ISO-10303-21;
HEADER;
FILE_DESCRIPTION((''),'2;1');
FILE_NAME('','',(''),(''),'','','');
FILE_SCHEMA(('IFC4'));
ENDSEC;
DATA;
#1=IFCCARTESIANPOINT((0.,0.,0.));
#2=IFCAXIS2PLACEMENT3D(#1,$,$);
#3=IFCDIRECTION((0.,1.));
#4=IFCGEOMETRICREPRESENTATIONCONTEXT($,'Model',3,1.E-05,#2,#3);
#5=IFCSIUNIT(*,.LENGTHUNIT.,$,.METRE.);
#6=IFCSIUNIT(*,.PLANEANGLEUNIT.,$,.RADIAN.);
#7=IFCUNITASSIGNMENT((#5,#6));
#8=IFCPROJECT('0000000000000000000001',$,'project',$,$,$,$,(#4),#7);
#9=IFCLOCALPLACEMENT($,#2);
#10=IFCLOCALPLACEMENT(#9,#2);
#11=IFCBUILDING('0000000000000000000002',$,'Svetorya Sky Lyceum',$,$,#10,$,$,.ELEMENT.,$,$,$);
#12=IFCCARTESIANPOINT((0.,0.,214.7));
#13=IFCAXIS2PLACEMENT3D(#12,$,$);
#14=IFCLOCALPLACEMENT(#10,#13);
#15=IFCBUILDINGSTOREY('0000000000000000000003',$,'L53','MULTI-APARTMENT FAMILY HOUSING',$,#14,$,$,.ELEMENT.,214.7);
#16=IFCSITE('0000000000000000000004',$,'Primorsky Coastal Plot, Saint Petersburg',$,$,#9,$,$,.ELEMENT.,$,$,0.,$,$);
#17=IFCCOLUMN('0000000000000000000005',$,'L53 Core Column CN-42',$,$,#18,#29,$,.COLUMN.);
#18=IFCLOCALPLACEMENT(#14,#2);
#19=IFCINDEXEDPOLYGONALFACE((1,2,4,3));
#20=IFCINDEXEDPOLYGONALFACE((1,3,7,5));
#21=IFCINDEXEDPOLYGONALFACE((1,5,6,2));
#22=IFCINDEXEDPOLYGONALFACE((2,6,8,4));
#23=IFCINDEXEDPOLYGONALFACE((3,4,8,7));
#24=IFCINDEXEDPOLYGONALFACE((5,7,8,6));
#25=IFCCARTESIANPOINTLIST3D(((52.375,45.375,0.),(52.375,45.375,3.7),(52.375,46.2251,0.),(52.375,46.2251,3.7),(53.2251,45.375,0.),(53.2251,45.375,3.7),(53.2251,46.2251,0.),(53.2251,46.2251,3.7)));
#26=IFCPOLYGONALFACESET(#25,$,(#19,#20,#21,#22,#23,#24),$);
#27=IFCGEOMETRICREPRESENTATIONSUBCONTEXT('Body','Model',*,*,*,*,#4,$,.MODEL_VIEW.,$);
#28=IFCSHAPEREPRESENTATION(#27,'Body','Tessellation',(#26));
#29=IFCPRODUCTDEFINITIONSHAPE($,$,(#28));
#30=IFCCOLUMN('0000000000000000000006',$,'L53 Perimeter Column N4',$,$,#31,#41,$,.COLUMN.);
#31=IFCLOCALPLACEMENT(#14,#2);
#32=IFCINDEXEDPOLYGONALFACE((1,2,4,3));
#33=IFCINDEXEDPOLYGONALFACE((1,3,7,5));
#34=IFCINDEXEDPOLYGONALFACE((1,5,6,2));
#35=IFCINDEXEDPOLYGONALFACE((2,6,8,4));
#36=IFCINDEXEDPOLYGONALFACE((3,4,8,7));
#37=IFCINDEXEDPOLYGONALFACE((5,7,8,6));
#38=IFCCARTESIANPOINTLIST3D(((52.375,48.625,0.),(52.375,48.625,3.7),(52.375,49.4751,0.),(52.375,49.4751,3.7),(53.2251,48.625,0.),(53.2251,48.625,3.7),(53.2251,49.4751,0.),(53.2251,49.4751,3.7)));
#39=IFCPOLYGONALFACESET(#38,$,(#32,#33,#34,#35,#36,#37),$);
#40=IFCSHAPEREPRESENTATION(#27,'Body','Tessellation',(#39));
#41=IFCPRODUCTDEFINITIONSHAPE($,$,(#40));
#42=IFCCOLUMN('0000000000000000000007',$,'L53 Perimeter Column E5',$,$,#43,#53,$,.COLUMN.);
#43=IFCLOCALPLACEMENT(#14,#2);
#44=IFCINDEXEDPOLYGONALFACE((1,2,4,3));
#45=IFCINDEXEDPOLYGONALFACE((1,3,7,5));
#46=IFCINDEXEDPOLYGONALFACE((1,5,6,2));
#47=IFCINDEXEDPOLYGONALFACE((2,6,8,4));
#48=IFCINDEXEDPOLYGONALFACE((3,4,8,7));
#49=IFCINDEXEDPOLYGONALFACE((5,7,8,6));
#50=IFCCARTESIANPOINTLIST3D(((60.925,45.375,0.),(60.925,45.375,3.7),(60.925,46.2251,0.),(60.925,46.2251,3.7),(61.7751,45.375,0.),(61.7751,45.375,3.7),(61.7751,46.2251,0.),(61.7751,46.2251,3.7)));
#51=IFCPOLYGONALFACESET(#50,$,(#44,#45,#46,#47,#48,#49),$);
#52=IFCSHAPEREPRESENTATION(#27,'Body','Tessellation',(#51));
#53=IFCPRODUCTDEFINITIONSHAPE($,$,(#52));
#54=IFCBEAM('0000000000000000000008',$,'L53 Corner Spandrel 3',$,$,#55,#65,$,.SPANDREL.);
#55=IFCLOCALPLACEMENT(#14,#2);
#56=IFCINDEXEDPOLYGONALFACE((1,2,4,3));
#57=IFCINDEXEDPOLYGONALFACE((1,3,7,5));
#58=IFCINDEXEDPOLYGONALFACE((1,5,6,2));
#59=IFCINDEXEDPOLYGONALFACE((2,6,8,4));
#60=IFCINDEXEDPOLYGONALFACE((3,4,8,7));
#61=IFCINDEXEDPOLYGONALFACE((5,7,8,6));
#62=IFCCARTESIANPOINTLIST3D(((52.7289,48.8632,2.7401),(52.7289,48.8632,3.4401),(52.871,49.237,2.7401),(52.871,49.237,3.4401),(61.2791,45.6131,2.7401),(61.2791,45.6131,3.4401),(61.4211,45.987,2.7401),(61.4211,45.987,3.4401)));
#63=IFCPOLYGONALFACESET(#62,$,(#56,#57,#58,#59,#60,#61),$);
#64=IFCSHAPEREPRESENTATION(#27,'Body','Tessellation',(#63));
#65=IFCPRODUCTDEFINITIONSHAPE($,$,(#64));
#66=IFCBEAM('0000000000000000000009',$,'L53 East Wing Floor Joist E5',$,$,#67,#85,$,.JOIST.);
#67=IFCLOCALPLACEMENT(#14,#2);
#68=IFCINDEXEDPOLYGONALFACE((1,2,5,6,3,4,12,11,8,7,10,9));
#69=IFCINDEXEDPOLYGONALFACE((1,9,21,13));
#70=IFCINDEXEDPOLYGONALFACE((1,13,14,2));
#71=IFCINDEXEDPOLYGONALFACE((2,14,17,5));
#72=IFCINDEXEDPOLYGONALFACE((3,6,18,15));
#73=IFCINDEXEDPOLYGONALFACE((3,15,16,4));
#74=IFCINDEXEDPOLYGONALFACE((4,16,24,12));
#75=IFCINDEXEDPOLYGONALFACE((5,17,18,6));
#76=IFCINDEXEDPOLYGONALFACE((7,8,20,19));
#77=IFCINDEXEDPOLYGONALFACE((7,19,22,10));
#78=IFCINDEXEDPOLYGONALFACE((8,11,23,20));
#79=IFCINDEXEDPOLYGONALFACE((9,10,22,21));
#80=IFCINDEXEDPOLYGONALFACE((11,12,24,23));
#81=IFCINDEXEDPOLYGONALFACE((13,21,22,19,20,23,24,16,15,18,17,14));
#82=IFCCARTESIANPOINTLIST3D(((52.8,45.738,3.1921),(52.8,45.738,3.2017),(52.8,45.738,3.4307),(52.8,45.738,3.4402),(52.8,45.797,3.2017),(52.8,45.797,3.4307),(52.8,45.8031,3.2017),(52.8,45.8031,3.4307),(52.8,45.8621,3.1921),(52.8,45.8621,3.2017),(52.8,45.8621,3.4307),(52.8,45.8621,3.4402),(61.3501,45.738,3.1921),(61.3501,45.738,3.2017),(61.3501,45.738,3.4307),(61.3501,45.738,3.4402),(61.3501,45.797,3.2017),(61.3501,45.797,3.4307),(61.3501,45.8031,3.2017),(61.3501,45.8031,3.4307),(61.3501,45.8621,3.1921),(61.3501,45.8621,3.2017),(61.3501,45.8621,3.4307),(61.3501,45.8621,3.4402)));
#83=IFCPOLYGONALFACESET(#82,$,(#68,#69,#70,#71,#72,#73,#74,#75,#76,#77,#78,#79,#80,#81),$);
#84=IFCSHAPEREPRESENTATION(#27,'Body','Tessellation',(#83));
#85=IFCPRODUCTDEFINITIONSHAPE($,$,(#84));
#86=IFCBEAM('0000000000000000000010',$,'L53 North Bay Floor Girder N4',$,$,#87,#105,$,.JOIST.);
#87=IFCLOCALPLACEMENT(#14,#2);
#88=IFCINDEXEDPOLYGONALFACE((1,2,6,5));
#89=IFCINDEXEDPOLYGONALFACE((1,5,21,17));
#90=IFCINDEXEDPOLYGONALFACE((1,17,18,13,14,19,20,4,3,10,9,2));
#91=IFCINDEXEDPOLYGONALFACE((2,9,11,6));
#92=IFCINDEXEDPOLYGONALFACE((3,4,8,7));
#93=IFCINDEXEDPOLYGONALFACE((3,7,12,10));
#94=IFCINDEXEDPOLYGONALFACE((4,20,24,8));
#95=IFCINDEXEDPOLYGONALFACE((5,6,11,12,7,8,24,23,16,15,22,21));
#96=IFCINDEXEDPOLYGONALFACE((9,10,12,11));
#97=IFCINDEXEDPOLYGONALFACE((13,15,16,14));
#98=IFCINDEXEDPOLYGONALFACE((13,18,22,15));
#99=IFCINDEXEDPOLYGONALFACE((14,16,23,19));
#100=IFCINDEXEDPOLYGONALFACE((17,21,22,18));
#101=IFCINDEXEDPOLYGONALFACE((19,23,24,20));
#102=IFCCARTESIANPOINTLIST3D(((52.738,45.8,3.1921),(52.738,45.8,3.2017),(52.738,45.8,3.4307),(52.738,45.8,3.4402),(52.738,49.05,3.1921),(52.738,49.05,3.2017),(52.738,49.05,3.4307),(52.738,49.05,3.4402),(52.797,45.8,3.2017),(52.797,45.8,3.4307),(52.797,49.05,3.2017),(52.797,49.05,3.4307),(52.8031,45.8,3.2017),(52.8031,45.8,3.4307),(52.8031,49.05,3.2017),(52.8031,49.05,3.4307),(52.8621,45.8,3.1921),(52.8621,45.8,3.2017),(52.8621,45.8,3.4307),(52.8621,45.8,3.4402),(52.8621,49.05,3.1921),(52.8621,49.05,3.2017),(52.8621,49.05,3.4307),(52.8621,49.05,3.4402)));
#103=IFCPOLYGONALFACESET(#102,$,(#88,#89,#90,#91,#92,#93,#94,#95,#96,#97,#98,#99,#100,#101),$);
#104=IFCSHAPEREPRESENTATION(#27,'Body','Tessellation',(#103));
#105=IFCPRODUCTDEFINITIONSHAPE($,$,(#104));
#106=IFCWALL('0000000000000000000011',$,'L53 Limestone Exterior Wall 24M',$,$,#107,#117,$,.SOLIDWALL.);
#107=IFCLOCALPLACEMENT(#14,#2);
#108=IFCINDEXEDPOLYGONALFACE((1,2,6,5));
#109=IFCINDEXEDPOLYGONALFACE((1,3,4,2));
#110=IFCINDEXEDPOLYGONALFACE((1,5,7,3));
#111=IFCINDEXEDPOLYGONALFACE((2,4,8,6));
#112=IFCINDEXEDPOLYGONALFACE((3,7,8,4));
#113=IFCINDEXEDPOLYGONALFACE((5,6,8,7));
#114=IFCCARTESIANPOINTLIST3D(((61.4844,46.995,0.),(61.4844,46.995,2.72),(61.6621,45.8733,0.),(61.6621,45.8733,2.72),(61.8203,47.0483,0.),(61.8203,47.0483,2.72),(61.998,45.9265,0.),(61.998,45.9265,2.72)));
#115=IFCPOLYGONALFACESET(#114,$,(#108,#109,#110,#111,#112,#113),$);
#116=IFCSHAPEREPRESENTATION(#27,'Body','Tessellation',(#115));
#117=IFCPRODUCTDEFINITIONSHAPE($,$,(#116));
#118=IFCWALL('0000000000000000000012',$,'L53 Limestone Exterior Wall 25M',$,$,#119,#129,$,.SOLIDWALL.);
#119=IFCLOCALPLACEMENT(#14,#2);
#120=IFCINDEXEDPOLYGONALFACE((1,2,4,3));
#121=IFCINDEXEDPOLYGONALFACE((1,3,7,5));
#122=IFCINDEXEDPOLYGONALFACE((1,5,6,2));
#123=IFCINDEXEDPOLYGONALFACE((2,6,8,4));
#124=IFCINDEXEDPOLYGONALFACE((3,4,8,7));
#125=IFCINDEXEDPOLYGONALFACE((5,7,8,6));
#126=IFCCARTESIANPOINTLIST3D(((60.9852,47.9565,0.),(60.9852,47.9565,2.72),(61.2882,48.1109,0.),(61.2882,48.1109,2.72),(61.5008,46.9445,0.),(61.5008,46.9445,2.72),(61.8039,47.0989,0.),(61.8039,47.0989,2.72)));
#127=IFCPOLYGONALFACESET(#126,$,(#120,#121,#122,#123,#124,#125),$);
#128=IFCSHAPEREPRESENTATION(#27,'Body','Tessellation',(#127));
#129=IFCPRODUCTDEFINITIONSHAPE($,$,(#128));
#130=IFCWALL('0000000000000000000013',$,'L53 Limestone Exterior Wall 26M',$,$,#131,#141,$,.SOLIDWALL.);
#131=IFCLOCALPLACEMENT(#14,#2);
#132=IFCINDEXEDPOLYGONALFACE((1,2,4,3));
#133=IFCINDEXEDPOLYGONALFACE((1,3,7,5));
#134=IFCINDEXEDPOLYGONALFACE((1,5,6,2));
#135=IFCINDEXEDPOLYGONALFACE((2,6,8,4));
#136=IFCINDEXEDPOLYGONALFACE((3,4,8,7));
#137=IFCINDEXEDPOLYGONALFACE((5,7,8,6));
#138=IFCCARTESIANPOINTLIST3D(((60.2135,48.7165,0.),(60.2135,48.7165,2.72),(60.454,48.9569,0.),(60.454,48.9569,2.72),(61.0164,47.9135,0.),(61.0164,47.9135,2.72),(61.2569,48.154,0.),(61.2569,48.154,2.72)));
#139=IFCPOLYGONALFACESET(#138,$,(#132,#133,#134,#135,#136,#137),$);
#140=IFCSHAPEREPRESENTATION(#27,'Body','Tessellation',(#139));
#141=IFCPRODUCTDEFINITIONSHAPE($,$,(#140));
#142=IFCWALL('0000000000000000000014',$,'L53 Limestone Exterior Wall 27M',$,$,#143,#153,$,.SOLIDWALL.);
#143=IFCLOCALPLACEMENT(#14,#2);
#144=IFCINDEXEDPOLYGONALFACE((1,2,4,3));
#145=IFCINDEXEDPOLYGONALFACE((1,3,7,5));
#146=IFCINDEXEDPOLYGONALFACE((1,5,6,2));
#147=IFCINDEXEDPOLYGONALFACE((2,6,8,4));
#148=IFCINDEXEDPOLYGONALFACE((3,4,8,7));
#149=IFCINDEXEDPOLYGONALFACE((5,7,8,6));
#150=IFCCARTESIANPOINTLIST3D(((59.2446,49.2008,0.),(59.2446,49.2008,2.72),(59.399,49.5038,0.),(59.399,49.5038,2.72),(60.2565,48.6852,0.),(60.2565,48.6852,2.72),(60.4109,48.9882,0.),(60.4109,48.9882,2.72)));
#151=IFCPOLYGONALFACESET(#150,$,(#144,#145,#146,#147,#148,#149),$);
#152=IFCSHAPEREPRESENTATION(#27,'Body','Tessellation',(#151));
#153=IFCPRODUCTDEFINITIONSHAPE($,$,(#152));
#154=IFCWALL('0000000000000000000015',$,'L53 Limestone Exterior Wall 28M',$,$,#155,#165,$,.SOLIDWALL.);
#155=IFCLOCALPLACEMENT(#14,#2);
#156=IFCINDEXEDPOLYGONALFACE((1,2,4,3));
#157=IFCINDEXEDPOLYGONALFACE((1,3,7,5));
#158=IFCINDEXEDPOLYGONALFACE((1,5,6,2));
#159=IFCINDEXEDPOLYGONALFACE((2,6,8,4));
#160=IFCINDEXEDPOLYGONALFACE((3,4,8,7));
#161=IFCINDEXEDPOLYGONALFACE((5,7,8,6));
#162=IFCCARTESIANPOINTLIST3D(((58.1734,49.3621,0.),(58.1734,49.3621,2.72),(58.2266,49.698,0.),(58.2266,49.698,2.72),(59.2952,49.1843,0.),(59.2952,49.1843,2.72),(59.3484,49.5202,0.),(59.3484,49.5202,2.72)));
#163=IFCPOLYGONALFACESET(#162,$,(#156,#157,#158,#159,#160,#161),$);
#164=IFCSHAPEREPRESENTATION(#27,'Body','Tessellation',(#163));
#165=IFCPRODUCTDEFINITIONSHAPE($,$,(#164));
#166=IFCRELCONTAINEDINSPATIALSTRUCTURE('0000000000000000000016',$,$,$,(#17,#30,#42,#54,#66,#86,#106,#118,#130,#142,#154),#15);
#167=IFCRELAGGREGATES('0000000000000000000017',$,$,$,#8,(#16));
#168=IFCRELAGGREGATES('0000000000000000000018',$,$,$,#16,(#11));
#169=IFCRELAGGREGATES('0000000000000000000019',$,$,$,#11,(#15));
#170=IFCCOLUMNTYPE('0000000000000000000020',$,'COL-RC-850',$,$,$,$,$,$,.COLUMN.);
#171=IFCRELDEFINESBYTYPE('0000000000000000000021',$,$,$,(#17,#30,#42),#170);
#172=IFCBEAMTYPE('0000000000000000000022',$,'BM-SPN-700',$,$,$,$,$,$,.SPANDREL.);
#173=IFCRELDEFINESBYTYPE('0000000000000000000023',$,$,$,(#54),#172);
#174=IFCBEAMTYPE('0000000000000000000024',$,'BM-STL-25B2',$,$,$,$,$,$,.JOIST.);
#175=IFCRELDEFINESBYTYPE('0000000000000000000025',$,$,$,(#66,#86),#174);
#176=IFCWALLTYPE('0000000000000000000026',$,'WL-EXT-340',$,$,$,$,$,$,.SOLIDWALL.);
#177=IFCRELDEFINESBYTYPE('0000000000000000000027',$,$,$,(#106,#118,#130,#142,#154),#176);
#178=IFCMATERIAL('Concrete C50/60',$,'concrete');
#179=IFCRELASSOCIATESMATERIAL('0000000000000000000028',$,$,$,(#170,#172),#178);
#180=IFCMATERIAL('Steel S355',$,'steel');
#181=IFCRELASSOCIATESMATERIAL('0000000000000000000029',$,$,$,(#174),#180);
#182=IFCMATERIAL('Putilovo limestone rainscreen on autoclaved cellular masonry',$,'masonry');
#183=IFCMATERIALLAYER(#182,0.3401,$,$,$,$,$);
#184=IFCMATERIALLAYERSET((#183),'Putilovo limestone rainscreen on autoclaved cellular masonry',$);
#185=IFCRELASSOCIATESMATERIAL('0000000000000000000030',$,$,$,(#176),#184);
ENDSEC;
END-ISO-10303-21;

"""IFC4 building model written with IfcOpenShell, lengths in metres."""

from ifc_helpers import new_model, si_unit, direction, frame, frame_2d, origin, origin_2d, place, context, subcontext, project, spatial, rectangle, i_section, extrude, material, layer, layer_set, material_profile, profile_set, type_object, element, save


model = new_model("IFC4")

# Units and contexts
model_context = context("Model", 3, precision=1e-05, world=origin(), true_north=direction((0.0, 1.0)))
body_context = subcontext(model_context, "Body", "Model", "MODEL_VIEW")
ifc_project = project(units=[si_unit("LENGTHUNIT", "METRE"), si_unit("PLANEANGLEUNIT", "RADIAN")], contexts=[model_context])

# Site, building, storey
site_placement = place(None, origin())
site = spatial("IfcSite", under=ifc_project, at=site_placement, Name="Primorsky Coastal Plot, Saint Petersburg", CompositionType="ELEMENT", RefElevation=0.0)
building_placement = place(site_placement, origin())
building = spatial("IfcBuilding", under=site, at=building_placement, Name="Svetorya Sky Lyceum", CompositionType="ELEMENT")
storey_placement = place(building_placement, frame((0.0, 0.0, 214.7)))
storey = spatial("IfcBuildingStorey", under=building, at=storey_placement, Name="L53", Description="MULTI-APARTMENT FAMILY HOUSING", CompositionType="ELEMENT", Elevation=214.7)

# Columns
ifc_material_1 = material(Name="Concrete C50/60", Category="concrete")
ifc_material_profile_1 = material_profile(ifc_material_1, rectangle(XDim=0.8501, YDim=0.8501, at=origin_2d()), Name="RC COL 850x850")
ifc_profile_set_1 = profile_set([ifc_material_profile_1], Name="Concrete C50/60")
column_type = type_object("IfcColumnType", Name="COL-RC-850", PredefinedType="COLUMN", material=ifc_profile_set_1)
for number, where, z_axis, x_axis, name in (
    (1, (52.8, 45.8, 0.0), (0.0, 0.0, 1.0), (1.0, 0.0, 0.0), "L53 Core Column CN-42"),
    (2, (52.8, 49.05, 0.0), (0.0, 0.0, 1.0), (1.0, 0.0, 0.0), "L53 Perimeter Column N4"),
    (3, (61.3501, 45.8, 0.0), (0.0, 0.0, 1.0), (1.0, 0.0, 0.0), "L53 Perimeter Column E5"),
):
    element("IfcColumn", number, at=place(storey_placement, frame(where, z_axis=z_axis, x_axis=x_axis)), inside=storey, type_object=column_type, Name=name, PredefinedType="COLUMN", context=body_context, shape_type="SweptSolid", body=[
        extrude(rectangle(XDim=0.8501, YDim=0.8501, at=origin_2d()), origin(), (0.0, 0.0, 1.0), 3.7),
    ])

# Beams
ifc_material_profile_2 = material_profile(ifc_material_1, rectangle(XDim=0.3999, YDim=0.7, at=origin_2d()), Name="RC SPANDREL 400x700")
ifc_profile_set_2 = profile_set([ifc_material_profile_2], Name="Concrete C50/60")
beam_type_1 = type_object("IfcBeamType", Name="BM-SPN-700", PredefinedType="SPANDREL", material=ifc_profile_set_2)
beam_1_placement = place(storey_placement, frame((61.3501, 45.8, 3.0901), z_axis=(-0.934748, 0.355312, 0.0), x_axis=(-0.355312, -0.934748, 0.0)))
element("IfcBeam", 4, at=beam_1_placement, inside=storey, type_object=beam_type_1, Name="L53 Corner Spandrel 3", PredefinedType="SPANDREL", context=body_context, shape_type="SweptSolid", body=[
    extrude(rectangle(XDim=0.3999, YDim=0.7, at=origin_2d()), origin(), (0.0, 0.0, 1.0), 9.147),
])
ifc_material_2 = material(Name="Steel S355", Category="steel")
ifc_material_profile_3 = material_profile(ifc_material_2, i_section(OverallWidth=0.124, OverallDepth=0.248, WebThickness=0.0061, FlangeThickness=0.0095, at=origin_2d()), Name="GOST 25B2")
ifc_profile_set_3 = profile_set([ifc_material_profile_3], Name="Steel S355")
beam_type_2 = type_object("IfcBeamType", Name="BM-STL-25B2", PredefinedType="JOIST", material=ifc_profile_set_3)
beam_2_placement = place(storey_placement, frame((52.8, 45.8, 3.3162), z_axis=(1.0, 0.0, 0.0), x_axis=(0.0, 1.0, 0.0)))
element("IfcBeam", 5, at=beam_2_placement, inside=storey, type_object=beam_type_2, Name="L53 East Wing Floor Joist E5", PredefinedType="JOIST", context=body_context, shape_type="SweptSolid", body=[
    extrude(i_section(OverallWidth=0.124, OverallDepth=0.248, WebThickness=0.0061, FlangeThickness=0.0095, at=origin_2d()), origin(), (0.0, 0.0, 1.0), 8.55),
])
beam_3_placement = place(storey_placement, frame((52.8, 45.8, 3.3162), z_axis=(0.0, 1.0, 0.0), x_axis=(-1.0, 0.0, 0.0)))
element("IfcBeam", 6, at=beam_3_placement, inside=storey, type_object=beam_type_2, Name="L53 North Bay Floor Girder N4", PredefinedType="JOIST", context=body_context, shape_type="SweptSolid", body=[
    extrude(i_section(OverallWidth=0.124, OverallDepth=0.248, WebThickness=0.0061, FlangeThickness=0.0095, at=origin_2d()), origin(), (0.0, 0.0, 1.0), 3.25),
])

# Walls
ifc_material_3 = material(Name="Putilovo limestone rainscreen on autoclaved cellular masonry", Category="masonry")
ifc_layer_1 = layer(ifc_material_3, 0.3401)
ifc_layer_set_1 = layer_set([ifc_layer_1], Name="Putilovo limestone rainscreen on autoclaved cellular masonry")
wall_type_1 = type_object("IfcWallType", Name="WL-EXT-340", PredefinedType="SOLIDWALL", material=ifc_layer_set_1)
for number, where, z_axis, x_axis, name in (
    (7, (61.8301, 45.8999, 0.0), (0.0, 0.0, 1.0), (-0.156481, 0.987681, 0.0), "L53 Limestone Exterior Wall 24M"),
    (8, (61.6523, 47.0217, 0.0), (0.0, 0.0, 1.0), (-0.453993, 0.891005, 0.0), "L53 Limestone Exterior Wall 25M"),
):
    element("IfcWall", number, at=place(storey_placement, frame(where, z_axis=z_axis, x_axis=x_axis)), inside=storey, type_object=wall_type_1, Name=name, PredefinedType="SOLIDWALL", context=body_context, shape_type="SweptSolid", body=[
        extrude(rectangle(XDim=1.1357, YDim=0.3401, at=frame_2d((0.5679, 0.0))), origin(), (0.0, 0.0, 1.0), 2.72),
    ])
wall_1_placement = place(storey_placement, frame((61.1367, 48.0337, 0.0), z_axis=(0.0, 0.0, 1.0), x_axis=(-0.707107, 0.707107, 0.0)))
element("IfcWall", 9, at=wall_1_placement, inside=storey, type_object=wall_type_1, Name="L53 Limestone Exterior Wall 26M", PredefinedType="SOLIDWALL", context=body_context, shape_type="SweptSolid", body=[
    extrude(rectangle(XDim=1.1355, YDim=0.3401, at=frame_2d((0.5679, 0.0))), origin(), (0.0, 0.0, 1.0), 2.72),
])
for number, where, z_axis, x_axis, name in (
    (10, (60.3337, 48.8367, 0.0), (0.0, 0.0, 1.0), (-0.891005, 0.453993, 0.0), "L53 Limestone Exterior Wall 27M"),
    (11, (59.3218, 49.3523, 0.0), (0.0, 0.0, 1.0), (-0.987681, 0.156481, 0.0), "L53 Limestone Exterior Wall 28M"),
):
    element("IfcWall", number, at=place(storey_placement, frame(where, z_axis=z_axis, x_axis=x_axis)), inside=storey, type_object=wall_type_1, Name=name, PredefinedType="SOLIDWALL", context=body_context, shape_type="SweptSolid", body=[
        extrude(rectangle(XDim=1.1357, YDim=0.3401, at=frame_2d((0.5679, 0.0))), origin(), (0.0, 0.0, 1.0), 2.72),
    ])

save(model, "model.ifc")
